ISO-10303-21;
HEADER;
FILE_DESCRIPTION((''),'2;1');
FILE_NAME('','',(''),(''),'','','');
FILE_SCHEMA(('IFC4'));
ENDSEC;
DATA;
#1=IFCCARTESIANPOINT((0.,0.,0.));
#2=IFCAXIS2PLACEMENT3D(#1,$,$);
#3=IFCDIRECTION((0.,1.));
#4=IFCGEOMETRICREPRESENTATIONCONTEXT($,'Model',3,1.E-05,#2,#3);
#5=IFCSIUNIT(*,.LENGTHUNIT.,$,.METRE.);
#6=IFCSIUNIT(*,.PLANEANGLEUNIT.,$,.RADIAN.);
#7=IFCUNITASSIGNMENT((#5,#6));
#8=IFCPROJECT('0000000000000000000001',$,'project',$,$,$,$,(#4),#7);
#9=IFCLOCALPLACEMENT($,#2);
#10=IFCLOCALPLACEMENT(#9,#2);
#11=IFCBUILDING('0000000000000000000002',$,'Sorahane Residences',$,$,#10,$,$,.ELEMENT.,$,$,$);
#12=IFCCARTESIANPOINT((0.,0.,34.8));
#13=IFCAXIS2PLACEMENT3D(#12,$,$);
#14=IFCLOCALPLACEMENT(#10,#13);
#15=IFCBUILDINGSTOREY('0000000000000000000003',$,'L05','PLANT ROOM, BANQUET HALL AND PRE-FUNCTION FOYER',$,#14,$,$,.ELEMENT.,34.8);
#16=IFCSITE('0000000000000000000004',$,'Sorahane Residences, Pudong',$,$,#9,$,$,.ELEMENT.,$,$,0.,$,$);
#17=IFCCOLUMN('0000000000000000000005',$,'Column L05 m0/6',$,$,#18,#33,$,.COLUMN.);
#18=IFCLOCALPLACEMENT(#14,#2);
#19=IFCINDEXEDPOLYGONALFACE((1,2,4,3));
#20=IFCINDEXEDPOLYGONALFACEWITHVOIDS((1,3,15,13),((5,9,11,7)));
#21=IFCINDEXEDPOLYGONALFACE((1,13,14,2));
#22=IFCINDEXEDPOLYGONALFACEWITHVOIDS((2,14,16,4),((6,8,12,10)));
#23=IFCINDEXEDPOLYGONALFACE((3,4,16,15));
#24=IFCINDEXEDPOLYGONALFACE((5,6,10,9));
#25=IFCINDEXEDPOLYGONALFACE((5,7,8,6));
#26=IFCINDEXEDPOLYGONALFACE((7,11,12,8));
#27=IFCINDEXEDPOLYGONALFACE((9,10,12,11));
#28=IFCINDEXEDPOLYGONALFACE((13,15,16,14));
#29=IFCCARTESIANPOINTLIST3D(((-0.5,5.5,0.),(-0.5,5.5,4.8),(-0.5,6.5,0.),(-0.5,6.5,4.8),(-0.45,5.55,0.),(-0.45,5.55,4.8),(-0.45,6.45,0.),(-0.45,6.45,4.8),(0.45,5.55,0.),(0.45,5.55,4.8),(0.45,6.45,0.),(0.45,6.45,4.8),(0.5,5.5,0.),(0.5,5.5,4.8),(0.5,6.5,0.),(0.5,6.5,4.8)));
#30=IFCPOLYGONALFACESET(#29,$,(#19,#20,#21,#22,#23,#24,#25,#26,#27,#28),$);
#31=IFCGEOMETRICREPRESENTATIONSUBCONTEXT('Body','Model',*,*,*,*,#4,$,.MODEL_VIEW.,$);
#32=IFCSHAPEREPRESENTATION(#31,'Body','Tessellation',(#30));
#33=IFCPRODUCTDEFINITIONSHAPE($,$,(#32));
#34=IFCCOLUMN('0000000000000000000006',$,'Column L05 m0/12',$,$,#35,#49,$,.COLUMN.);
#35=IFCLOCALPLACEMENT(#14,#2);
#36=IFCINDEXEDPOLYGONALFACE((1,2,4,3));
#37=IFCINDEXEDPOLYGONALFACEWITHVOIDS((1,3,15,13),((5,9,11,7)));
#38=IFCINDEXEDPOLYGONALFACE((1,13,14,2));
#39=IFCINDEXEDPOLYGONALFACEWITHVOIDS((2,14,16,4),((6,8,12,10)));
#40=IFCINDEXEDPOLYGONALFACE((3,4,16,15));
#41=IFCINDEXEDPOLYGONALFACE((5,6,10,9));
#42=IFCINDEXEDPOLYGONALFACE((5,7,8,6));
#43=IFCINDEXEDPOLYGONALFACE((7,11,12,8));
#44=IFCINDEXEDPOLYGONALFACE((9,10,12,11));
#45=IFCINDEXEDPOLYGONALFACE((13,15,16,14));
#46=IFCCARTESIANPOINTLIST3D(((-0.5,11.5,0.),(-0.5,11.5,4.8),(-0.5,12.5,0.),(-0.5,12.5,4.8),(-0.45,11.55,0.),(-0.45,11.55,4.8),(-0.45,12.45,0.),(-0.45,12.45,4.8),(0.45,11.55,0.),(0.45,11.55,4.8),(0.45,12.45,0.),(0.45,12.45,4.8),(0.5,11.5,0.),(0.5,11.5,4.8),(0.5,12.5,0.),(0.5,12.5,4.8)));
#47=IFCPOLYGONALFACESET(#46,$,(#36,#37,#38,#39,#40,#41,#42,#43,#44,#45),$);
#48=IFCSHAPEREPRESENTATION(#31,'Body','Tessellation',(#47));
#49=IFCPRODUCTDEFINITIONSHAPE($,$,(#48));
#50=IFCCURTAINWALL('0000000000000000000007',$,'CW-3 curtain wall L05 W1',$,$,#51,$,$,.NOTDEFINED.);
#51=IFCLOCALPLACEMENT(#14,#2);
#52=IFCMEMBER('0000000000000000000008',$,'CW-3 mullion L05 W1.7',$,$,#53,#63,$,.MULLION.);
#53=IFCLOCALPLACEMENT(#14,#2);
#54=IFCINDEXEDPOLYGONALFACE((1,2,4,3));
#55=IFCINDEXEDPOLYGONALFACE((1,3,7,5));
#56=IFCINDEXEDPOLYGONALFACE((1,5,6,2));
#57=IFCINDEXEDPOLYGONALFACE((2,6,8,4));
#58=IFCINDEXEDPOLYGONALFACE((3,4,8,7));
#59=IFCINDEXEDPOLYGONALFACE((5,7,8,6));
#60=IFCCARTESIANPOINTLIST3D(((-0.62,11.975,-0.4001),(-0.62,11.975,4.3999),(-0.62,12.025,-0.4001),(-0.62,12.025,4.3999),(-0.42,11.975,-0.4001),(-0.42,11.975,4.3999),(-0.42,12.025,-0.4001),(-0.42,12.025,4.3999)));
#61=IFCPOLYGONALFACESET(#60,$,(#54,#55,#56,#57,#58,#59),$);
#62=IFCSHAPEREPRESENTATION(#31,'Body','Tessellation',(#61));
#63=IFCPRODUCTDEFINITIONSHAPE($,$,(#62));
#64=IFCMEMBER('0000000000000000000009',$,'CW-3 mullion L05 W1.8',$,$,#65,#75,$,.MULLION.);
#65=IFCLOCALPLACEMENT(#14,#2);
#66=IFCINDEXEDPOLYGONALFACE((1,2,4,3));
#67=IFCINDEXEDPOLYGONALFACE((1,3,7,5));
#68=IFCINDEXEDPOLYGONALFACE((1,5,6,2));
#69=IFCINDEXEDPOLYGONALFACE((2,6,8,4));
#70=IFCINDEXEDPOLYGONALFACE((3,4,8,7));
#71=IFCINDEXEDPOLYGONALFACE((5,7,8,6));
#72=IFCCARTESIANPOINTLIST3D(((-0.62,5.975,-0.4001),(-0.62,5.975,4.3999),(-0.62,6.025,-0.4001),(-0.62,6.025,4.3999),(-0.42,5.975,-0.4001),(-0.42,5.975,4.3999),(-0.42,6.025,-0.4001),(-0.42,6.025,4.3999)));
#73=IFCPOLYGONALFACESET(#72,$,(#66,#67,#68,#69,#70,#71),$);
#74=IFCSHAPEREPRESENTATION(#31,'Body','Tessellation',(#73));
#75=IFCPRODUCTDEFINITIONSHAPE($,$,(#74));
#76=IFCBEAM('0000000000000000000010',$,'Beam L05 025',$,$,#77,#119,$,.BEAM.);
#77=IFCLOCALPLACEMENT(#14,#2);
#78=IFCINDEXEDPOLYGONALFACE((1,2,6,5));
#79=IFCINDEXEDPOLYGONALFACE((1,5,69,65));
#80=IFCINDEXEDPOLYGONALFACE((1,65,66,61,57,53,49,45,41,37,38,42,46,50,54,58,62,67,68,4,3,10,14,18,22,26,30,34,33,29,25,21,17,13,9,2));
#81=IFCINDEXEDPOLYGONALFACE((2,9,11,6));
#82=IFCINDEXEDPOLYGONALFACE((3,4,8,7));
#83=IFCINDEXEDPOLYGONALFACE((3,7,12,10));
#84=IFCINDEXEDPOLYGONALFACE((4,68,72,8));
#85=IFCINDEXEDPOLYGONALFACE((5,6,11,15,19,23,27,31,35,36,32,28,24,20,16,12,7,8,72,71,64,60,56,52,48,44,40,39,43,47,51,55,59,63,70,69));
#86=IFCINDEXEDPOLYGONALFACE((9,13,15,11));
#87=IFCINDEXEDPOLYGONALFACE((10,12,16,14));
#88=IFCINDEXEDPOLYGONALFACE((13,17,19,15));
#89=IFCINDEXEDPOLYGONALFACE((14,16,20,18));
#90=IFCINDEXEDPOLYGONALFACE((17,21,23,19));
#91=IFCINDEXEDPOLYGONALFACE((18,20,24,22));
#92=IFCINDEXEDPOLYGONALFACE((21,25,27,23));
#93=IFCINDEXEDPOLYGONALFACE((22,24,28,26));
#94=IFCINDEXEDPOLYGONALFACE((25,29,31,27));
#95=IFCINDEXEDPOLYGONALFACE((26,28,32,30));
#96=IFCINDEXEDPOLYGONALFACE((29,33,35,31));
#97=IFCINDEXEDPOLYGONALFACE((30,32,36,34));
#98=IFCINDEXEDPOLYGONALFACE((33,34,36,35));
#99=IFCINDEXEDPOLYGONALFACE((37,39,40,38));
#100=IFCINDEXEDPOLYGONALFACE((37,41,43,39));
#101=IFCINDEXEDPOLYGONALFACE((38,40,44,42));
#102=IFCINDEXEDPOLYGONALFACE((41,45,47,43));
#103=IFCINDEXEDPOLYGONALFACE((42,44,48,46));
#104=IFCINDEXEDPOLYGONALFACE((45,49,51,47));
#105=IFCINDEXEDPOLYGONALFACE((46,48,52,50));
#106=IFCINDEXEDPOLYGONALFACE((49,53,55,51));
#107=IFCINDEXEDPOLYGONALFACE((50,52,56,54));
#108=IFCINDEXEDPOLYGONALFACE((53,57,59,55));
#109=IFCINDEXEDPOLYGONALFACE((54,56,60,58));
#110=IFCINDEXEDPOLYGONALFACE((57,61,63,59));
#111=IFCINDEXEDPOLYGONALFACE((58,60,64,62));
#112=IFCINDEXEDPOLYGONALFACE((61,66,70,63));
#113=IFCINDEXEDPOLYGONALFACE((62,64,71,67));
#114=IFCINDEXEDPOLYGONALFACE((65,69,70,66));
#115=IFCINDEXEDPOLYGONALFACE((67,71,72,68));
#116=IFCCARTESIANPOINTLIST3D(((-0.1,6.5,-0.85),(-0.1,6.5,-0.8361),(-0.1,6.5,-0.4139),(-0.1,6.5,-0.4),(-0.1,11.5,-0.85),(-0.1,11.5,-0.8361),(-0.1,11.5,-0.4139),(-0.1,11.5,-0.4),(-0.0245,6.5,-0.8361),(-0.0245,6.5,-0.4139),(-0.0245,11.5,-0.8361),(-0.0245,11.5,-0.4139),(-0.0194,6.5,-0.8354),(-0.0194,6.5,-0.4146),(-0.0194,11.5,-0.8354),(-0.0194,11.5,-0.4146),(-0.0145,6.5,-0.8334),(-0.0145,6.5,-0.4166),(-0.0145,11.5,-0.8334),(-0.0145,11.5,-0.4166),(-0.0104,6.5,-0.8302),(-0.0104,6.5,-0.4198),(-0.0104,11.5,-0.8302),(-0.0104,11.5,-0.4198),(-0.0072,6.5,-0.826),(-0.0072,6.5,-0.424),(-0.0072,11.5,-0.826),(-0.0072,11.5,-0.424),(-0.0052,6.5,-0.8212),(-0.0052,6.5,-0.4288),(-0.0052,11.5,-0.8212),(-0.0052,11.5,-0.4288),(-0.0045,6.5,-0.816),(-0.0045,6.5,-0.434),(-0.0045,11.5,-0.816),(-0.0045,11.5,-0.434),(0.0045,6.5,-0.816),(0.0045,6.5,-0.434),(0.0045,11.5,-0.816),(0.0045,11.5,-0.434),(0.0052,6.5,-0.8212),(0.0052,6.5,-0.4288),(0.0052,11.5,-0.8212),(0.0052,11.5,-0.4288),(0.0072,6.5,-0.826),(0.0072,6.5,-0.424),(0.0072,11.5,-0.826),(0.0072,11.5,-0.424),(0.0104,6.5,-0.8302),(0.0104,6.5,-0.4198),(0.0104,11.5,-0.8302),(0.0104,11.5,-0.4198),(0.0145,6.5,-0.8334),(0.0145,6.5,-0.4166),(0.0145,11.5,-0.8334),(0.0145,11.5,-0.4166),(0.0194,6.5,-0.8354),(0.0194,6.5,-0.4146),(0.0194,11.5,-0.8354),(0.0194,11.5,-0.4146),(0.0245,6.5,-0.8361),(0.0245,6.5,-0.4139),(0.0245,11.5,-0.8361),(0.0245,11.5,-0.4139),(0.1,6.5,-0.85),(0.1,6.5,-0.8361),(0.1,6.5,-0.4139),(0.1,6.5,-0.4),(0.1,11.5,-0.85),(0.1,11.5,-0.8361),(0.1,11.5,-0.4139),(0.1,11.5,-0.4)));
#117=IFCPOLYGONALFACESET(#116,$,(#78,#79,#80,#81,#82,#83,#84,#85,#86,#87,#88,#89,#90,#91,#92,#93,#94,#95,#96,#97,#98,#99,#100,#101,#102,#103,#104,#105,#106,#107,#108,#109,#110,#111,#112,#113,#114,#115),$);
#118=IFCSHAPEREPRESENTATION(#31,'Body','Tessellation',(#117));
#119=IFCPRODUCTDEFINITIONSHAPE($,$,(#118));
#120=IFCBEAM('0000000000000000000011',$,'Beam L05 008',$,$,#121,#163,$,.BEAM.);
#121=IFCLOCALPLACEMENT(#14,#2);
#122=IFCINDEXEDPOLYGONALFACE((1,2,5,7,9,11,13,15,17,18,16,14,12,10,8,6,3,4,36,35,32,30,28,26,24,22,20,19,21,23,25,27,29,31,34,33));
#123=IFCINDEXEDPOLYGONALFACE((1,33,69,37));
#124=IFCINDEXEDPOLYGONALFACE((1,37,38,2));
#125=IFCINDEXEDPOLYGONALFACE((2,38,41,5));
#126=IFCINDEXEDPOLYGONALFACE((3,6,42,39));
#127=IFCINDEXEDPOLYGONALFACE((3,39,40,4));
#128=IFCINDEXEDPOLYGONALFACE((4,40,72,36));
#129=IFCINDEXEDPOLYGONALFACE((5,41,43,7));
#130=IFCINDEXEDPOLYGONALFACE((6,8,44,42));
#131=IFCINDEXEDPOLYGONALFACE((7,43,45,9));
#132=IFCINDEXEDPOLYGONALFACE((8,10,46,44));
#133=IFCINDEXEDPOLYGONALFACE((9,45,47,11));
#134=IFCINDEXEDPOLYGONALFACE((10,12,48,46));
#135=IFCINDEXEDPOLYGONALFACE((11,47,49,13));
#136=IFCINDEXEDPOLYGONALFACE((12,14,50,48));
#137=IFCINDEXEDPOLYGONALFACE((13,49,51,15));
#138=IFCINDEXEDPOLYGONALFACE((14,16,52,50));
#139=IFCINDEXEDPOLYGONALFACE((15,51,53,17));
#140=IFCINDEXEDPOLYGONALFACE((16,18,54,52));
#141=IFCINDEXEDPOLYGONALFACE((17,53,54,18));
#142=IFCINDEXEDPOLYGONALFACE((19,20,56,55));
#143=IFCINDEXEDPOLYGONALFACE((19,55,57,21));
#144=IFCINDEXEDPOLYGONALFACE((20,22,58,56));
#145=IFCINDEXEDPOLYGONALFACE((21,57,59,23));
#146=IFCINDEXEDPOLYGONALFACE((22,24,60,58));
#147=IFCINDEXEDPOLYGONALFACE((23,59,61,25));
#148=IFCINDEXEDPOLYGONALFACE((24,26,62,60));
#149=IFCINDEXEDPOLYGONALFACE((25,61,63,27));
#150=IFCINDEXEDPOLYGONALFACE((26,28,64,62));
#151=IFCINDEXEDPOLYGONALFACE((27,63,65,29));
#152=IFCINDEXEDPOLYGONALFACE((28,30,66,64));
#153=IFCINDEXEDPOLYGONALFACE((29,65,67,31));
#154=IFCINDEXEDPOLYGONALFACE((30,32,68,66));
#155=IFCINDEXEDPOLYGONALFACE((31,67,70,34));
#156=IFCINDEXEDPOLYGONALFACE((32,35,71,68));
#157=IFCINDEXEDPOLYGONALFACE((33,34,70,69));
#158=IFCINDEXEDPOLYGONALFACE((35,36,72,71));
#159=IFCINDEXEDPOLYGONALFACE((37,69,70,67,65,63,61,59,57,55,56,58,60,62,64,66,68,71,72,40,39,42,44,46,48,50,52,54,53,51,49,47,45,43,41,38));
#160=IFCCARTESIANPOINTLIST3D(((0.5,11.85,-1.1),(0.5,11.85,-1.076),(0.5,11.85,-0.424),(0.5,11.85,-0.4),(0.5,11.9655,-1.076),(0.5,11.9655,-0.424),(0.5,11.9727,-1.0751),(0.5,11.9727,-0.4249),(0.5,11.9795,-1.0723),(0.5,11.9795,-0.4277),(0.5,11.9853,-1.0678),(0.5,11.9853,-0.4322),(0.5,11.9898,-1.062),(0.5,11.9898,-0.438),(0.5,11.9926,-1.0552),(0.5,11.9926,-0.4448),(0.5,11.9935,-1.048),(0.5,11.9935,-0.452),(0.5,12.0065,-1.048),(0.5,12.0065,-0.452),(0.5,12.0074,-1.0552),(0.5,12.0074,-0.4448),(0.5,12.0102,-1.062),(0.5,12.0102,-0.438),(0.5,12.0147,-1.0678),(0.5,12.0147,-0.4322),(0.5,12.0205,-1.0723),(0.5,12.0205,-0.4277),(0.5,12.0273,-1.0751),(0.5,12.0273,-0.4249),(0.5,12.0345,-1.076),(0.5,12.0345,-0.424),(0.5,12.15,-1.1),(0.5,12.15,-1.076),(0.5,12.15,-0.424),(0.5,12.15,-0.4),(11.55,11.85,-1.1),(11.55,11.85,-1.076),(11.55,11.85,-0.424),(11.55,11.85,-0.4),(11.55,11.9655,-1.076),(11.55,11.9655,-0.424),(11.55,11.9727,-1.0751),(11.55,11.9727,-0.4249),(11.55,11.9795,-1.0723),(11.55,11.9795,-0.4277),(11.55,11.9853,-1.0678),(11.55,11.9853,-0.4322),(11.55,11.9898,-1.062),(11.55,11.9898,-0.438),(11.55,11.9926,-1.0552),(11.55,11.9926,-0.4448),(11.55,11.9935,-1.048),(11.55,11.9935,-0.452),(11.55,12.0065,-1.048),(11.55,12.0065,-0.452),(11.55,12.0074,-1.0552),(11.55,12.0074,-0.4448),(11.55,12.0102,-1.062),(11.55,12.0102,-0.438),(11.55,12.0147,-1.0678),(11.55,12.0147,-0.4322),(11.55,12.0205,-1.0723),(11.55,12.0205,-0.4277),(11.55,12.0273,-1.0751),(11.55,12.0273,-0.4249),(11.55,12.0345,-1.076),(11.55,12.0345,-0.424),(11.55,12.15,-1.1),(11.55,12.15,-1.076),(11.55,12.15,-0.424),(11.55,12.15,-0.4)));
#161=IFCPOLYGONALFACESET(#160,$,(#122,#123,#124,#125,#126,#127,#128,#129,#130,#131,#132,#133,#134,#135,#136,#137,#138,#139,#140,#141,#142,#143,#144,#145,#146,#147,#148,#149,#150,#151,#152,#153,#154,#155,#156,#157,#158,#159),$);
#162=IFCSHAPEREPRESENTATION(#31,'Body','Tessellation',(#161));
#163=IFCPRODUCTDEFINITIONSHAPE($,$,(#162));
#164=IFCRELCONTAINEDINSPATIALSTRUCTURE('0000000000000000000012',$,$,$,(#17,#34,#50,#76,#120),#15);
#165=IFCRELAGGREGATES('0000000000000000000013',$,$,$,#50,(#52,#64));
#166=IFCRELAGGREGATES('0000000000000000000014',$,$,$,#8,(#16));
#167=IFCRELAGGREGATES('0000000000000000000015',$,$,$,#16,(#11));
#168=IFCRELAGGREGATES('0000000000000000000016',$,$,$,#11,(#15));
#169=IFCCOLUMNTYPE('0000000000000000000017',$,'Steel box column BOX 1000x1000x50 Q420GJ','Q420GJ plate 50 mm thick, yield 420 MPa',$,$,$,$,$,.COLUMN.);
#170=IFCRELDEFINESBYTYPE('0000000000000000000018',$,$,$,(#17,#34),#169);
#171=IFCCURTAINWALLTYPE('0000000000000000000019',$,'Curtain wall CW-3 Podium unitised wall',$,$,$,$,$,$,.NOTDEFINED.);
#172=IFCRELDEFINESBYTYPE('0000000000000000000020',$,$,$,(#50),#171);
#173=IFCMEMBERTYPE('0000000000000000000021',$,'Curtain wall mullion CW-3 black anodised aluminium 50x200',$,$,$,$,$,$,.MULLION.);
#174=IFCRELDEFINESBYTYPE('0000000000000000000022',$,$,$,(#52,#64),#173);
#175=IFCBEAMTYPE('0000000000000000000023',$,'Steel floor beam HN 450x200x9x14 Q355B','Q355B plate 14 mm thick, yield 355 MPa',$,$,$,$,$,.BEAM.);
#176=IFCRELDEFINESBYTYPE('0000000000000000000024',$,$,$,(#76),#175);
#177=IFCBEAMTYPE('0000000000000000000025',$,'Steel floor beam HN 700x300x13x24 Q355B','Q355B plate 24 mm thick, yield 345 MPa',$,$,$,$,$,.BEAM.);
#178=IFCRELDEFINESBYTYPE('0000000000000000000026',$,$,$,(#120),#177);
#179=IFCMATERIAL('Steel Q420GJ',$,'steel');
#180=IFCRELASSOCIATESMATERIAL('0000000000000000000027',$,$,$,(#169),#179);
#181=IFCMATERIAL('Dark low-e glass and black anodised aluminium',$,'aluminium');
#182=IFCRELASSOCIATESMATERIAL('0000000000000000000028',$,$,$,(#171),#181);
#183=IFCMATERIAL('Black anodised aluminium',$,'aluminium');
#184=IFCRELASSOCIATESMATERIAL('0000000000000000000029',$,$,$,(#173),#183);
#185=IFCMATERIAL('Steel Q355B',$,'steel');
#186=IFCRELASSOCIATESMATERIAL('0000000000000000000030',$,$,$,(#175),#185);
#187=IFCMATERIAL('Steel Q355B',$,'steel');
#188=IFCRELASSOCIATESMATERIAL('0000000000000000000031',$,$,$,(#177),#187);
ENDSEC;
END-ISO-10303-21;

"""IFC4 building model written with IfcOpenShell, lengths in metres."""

from ifc_helpers import new_model, si_unit, direction, frame, origin, origin_2d, place, context, subcontext, project, spatial, rectangle, hollow_rectangle, i_section, extrude, material, material_profile, profile_set, type_object, element, aggregate, save


model = new_model("IFC4")

# Units and contexts
model_context = context("Model", 3, precision=1e-05, world=origin(), true_north=direction((0.0, 1.0)))
body_context = subcontext(model_context, "Body", "Model", "MODEL_VIEW")
ifc_project = project(units=[si_unit("LENGTHUNIT", "METRE"), si_unit("PLANEANGLEUNIT", "RADIAN")], contexts=[model_context])

# Site, building, storey
site_placement = place(None, origin())
site = spatial("IfcSite", under=ifc_project, at=site_placement, Name="Sorahane Residences, Pudong", CompositionType="ELEMENT", RefElevation=0.0)
building_placement = place(site_placement, origin())
building = spatial("IfcBuilding", under=site, at=building_placement, Name="Sorahane Residences", CompositionType="ELEMENT")
storey_placement = place(building_placement, frame((0.0, 0.0, 34.8)))
storey = spatial("IfcBuildingStorey", under=building, at=storey_placement, Name="L05", Description="PLANT ROOM, BANQUET HALL AND PRE-FUNCTION FOYER", CompositionType="ELEMENT", Elevation=34.8)

# Columns
ifc_material_1 = material(Name="Steel Q420GJ", Category="steel")
ifc_material_profile_1 = material_profile(ifc_material_1, hollow_rectangle(XDim=1.0, YDim=1.0, WallThickness=0.05, at=origin_2d()), Name="BOX 1000x1000x50")
ifc_profile_set_1 = profile_set([ifc_material_profile_1], Name="Steel Q420GJ")
column_type = type_object("IfcColumnType", Name="Steel box column BOX 1000x1000x50 Q420GJ", Description="Q420GJ plate 50 mm thick, yield 420 MPa", PredefinedType="COLUMN", material=ifc_profile_set_1)
for number, where, z_axis, x_axis, name in (
    (1, (0.0, 6.0, 0.0), (0.0, 0.0, 1.0), (1.0, 0.0, 0.0), "Column L05 m0/6"),
    (2, (0.0, 12.0, 0.0), (0.0, 0.0, 1.0), (1.0, 0.0, 0.0), "Column L05 m0/12"),
):
    element("IfcColumn", number, at=place(storey_placement, frame(where, z_axis=z_axis, x_axis=x_axis)), inside=storey, type_object=column_type, Name=name, PredefinedType="COLUMN", context=body_context, shape_type="SweptSolid", body=[
        extrude(hollow_rectangle(XDim=1.0, YDim=1.0, WallThickness=0.05, at=origin_2d()), origin(), (0.0, 0.0, 1.0), 4.8),
    ])

# Curtain wall, members
ifc_material_2 = material(Name="Dark low-e glass and black anodised aluminium", Category="aluminium")
curtain_wall_type = type_object("IfcCurtainWallType", Name="Curtain wall CW-3 Podium unitised wall", PredefinedType="NOTDEFINED", material=ifc_material_2)
curtain_wall_placement = place(storey_placement, origin())
curtain_wall = element("IfcCurtainWall", 3, at=curtain_wall_placement, inside=storey, type_object=curtain_wall_type, Name="CW-3 curtain wall L05 W1", PredefinedType="NOTDEFINED")
ifc_material_3 = material(Name="Black anodised aluminium", Category="aluminium")
ifc_material_profile_2 = material_profile(ifc_material_3, rectangle(XDim=0.2, YDim=0.05, at=origin_2d()), Name="Curtain wall mullion CW-3 black anodised aluminium 50x200")
ifc_profile_set_2 = profile_set([ifc_material_profile_2], Name="Black anodised aluminium")
member_type = type_object("IfcMemberType", Name="Curtain wall mullion CW-3 black anodised aluminium 50x200", PredefinedType="MULLION", material=ifc_profile_set_2)
member_1_placement = place(storey_placement, frame((-0.52, 12.0, -0.4001), z_axis=(0.0, 0.0, 1.0), x_axis=(-1.0, 0.0, 0.0)))
member_1 = element("IfcMember", 4, at=member_1_placement, type_object=member_type, Name="CW-3 mullion L05 W1.7", PredefinedType="MULLION", context=body_context, shape_type="SweptSolid", body=[
    extrude(rectangle(XDim=0.2, YDim=0.05, at=origin_2d()), origin(), (0.0, 0.0, 1.0), 4.8),
])
member_2_placement = place(storey_placement, frame((-0.52, 6.0, -0.4001), z_axis=(0.0, 0.0, 1.0), x_axis=(-1.0, 0.0, 0.0)))
member_2 = element("IfcMember", 5, at=member_2_placement, type_object=member_type, Name="CW-3 mullion L05 W1.8", PredefinedType="MULLION", context=body_context, shape_type="SweptSolid", body=[
    extrude(rectangle(XDim=0.2, YDim=0.05, at=origin_2d()), origin(), (0.0, 0.0, 1.0), 4.8),
])

# Beams
ifc_material_4 = material(Name="Steel Q355B", Category="steel")
ifc_material_profile_3 = material_profile(ifc_material_4, i_section(OverallWidth=0.2, OverallDepth=0.45, WebThickness=0.009, FlangeThickness=0.0139, FilletRadius=0.02, at=origin_2d()), Name="HN 450x200x9x14")
ifc_profile_set_3 = profile_set([ifc_material_profile_3], Name="Steel Q355B")
beam_type_1 = type_object("IfcBeamType", Name="Steel floor beam HN 450x200x9x14 Q355B", Description="Q355B plate 14 mm thick, yield 355 MPa", PredefinedType="BEAM", material=ifc_profile_set_3)
beam_1_placement = place(storey_placement, frame((0.0, 6.5, -0.625), z_axis=(0.0, 1.0, 0.0), x_axis=(-1.0, 0.0, 0.0)))
element("IfcBeam", 6, at=beam_1_placement, inside=storey, type_object=beam_type_1, Name="Beam L05 025", PredefinedType="BEAM", context=body_context, shape_type="SweptSolid", body=[
    extrude(i_section(OverallWidth=0.2, OverallDepth=0.45, WebThickness=0.009, FlangeThickness=0.0139, FilletRadius=0.02, at=origin_2d()), origin(), (0.0, 0.0, 1.0), 5.0),
])
ifc_material_5 = material(Name="Steel Q355B", Category="steel")
ifc_material_profile_4 = material_profile(ifc_material_5, i_section(OverallWidth=0.3, OverallDepth=0.7, WebThickness=0.0129, FlangeThickness=0.0239, FilletRadius=0.0281, at=origin_2d()), Name="HN 700x300x13x24")
ifc_profile_set_4 = profile_set([ifc_material_profile_4], Name="Steel Q355B")
beam_type_2 = type_object("IfcBeamType", Name="Steel floor beam HN 700x300x13x24 Q355B", Description="Q355B plate 24 mm thick, yield 345 MPa", PredefinedType="BEAM", material=ifc_profile_set_4)
beam_2_placement = place(storey_placement, frame((0.5, 12.0, -0.75), z_axis=(1.0, 0.0, 0.0), x_axis=(0.0, 1.0, 0.0)))
element("IfcBeam", 7, at=beam_2_placement, inside=storey, type_object=beam_type_2, Name="Beam L05 008", PredefinedType="BEAM", context=body_context, shape_type="SweptSolid", body=[
    extrude(i_section(OverallWidth=0.3, OverallDepth=0.7, WebThickness=0.0129, FlangeThickness=0.0239, FilletRadius=0.0281, at=origin_2d()), origin(), (0.0, 0.0, 1.0), 11.05),
])

aggregate(curtain_wall, [member_1, member_2])

save(model, "model.ifc")
